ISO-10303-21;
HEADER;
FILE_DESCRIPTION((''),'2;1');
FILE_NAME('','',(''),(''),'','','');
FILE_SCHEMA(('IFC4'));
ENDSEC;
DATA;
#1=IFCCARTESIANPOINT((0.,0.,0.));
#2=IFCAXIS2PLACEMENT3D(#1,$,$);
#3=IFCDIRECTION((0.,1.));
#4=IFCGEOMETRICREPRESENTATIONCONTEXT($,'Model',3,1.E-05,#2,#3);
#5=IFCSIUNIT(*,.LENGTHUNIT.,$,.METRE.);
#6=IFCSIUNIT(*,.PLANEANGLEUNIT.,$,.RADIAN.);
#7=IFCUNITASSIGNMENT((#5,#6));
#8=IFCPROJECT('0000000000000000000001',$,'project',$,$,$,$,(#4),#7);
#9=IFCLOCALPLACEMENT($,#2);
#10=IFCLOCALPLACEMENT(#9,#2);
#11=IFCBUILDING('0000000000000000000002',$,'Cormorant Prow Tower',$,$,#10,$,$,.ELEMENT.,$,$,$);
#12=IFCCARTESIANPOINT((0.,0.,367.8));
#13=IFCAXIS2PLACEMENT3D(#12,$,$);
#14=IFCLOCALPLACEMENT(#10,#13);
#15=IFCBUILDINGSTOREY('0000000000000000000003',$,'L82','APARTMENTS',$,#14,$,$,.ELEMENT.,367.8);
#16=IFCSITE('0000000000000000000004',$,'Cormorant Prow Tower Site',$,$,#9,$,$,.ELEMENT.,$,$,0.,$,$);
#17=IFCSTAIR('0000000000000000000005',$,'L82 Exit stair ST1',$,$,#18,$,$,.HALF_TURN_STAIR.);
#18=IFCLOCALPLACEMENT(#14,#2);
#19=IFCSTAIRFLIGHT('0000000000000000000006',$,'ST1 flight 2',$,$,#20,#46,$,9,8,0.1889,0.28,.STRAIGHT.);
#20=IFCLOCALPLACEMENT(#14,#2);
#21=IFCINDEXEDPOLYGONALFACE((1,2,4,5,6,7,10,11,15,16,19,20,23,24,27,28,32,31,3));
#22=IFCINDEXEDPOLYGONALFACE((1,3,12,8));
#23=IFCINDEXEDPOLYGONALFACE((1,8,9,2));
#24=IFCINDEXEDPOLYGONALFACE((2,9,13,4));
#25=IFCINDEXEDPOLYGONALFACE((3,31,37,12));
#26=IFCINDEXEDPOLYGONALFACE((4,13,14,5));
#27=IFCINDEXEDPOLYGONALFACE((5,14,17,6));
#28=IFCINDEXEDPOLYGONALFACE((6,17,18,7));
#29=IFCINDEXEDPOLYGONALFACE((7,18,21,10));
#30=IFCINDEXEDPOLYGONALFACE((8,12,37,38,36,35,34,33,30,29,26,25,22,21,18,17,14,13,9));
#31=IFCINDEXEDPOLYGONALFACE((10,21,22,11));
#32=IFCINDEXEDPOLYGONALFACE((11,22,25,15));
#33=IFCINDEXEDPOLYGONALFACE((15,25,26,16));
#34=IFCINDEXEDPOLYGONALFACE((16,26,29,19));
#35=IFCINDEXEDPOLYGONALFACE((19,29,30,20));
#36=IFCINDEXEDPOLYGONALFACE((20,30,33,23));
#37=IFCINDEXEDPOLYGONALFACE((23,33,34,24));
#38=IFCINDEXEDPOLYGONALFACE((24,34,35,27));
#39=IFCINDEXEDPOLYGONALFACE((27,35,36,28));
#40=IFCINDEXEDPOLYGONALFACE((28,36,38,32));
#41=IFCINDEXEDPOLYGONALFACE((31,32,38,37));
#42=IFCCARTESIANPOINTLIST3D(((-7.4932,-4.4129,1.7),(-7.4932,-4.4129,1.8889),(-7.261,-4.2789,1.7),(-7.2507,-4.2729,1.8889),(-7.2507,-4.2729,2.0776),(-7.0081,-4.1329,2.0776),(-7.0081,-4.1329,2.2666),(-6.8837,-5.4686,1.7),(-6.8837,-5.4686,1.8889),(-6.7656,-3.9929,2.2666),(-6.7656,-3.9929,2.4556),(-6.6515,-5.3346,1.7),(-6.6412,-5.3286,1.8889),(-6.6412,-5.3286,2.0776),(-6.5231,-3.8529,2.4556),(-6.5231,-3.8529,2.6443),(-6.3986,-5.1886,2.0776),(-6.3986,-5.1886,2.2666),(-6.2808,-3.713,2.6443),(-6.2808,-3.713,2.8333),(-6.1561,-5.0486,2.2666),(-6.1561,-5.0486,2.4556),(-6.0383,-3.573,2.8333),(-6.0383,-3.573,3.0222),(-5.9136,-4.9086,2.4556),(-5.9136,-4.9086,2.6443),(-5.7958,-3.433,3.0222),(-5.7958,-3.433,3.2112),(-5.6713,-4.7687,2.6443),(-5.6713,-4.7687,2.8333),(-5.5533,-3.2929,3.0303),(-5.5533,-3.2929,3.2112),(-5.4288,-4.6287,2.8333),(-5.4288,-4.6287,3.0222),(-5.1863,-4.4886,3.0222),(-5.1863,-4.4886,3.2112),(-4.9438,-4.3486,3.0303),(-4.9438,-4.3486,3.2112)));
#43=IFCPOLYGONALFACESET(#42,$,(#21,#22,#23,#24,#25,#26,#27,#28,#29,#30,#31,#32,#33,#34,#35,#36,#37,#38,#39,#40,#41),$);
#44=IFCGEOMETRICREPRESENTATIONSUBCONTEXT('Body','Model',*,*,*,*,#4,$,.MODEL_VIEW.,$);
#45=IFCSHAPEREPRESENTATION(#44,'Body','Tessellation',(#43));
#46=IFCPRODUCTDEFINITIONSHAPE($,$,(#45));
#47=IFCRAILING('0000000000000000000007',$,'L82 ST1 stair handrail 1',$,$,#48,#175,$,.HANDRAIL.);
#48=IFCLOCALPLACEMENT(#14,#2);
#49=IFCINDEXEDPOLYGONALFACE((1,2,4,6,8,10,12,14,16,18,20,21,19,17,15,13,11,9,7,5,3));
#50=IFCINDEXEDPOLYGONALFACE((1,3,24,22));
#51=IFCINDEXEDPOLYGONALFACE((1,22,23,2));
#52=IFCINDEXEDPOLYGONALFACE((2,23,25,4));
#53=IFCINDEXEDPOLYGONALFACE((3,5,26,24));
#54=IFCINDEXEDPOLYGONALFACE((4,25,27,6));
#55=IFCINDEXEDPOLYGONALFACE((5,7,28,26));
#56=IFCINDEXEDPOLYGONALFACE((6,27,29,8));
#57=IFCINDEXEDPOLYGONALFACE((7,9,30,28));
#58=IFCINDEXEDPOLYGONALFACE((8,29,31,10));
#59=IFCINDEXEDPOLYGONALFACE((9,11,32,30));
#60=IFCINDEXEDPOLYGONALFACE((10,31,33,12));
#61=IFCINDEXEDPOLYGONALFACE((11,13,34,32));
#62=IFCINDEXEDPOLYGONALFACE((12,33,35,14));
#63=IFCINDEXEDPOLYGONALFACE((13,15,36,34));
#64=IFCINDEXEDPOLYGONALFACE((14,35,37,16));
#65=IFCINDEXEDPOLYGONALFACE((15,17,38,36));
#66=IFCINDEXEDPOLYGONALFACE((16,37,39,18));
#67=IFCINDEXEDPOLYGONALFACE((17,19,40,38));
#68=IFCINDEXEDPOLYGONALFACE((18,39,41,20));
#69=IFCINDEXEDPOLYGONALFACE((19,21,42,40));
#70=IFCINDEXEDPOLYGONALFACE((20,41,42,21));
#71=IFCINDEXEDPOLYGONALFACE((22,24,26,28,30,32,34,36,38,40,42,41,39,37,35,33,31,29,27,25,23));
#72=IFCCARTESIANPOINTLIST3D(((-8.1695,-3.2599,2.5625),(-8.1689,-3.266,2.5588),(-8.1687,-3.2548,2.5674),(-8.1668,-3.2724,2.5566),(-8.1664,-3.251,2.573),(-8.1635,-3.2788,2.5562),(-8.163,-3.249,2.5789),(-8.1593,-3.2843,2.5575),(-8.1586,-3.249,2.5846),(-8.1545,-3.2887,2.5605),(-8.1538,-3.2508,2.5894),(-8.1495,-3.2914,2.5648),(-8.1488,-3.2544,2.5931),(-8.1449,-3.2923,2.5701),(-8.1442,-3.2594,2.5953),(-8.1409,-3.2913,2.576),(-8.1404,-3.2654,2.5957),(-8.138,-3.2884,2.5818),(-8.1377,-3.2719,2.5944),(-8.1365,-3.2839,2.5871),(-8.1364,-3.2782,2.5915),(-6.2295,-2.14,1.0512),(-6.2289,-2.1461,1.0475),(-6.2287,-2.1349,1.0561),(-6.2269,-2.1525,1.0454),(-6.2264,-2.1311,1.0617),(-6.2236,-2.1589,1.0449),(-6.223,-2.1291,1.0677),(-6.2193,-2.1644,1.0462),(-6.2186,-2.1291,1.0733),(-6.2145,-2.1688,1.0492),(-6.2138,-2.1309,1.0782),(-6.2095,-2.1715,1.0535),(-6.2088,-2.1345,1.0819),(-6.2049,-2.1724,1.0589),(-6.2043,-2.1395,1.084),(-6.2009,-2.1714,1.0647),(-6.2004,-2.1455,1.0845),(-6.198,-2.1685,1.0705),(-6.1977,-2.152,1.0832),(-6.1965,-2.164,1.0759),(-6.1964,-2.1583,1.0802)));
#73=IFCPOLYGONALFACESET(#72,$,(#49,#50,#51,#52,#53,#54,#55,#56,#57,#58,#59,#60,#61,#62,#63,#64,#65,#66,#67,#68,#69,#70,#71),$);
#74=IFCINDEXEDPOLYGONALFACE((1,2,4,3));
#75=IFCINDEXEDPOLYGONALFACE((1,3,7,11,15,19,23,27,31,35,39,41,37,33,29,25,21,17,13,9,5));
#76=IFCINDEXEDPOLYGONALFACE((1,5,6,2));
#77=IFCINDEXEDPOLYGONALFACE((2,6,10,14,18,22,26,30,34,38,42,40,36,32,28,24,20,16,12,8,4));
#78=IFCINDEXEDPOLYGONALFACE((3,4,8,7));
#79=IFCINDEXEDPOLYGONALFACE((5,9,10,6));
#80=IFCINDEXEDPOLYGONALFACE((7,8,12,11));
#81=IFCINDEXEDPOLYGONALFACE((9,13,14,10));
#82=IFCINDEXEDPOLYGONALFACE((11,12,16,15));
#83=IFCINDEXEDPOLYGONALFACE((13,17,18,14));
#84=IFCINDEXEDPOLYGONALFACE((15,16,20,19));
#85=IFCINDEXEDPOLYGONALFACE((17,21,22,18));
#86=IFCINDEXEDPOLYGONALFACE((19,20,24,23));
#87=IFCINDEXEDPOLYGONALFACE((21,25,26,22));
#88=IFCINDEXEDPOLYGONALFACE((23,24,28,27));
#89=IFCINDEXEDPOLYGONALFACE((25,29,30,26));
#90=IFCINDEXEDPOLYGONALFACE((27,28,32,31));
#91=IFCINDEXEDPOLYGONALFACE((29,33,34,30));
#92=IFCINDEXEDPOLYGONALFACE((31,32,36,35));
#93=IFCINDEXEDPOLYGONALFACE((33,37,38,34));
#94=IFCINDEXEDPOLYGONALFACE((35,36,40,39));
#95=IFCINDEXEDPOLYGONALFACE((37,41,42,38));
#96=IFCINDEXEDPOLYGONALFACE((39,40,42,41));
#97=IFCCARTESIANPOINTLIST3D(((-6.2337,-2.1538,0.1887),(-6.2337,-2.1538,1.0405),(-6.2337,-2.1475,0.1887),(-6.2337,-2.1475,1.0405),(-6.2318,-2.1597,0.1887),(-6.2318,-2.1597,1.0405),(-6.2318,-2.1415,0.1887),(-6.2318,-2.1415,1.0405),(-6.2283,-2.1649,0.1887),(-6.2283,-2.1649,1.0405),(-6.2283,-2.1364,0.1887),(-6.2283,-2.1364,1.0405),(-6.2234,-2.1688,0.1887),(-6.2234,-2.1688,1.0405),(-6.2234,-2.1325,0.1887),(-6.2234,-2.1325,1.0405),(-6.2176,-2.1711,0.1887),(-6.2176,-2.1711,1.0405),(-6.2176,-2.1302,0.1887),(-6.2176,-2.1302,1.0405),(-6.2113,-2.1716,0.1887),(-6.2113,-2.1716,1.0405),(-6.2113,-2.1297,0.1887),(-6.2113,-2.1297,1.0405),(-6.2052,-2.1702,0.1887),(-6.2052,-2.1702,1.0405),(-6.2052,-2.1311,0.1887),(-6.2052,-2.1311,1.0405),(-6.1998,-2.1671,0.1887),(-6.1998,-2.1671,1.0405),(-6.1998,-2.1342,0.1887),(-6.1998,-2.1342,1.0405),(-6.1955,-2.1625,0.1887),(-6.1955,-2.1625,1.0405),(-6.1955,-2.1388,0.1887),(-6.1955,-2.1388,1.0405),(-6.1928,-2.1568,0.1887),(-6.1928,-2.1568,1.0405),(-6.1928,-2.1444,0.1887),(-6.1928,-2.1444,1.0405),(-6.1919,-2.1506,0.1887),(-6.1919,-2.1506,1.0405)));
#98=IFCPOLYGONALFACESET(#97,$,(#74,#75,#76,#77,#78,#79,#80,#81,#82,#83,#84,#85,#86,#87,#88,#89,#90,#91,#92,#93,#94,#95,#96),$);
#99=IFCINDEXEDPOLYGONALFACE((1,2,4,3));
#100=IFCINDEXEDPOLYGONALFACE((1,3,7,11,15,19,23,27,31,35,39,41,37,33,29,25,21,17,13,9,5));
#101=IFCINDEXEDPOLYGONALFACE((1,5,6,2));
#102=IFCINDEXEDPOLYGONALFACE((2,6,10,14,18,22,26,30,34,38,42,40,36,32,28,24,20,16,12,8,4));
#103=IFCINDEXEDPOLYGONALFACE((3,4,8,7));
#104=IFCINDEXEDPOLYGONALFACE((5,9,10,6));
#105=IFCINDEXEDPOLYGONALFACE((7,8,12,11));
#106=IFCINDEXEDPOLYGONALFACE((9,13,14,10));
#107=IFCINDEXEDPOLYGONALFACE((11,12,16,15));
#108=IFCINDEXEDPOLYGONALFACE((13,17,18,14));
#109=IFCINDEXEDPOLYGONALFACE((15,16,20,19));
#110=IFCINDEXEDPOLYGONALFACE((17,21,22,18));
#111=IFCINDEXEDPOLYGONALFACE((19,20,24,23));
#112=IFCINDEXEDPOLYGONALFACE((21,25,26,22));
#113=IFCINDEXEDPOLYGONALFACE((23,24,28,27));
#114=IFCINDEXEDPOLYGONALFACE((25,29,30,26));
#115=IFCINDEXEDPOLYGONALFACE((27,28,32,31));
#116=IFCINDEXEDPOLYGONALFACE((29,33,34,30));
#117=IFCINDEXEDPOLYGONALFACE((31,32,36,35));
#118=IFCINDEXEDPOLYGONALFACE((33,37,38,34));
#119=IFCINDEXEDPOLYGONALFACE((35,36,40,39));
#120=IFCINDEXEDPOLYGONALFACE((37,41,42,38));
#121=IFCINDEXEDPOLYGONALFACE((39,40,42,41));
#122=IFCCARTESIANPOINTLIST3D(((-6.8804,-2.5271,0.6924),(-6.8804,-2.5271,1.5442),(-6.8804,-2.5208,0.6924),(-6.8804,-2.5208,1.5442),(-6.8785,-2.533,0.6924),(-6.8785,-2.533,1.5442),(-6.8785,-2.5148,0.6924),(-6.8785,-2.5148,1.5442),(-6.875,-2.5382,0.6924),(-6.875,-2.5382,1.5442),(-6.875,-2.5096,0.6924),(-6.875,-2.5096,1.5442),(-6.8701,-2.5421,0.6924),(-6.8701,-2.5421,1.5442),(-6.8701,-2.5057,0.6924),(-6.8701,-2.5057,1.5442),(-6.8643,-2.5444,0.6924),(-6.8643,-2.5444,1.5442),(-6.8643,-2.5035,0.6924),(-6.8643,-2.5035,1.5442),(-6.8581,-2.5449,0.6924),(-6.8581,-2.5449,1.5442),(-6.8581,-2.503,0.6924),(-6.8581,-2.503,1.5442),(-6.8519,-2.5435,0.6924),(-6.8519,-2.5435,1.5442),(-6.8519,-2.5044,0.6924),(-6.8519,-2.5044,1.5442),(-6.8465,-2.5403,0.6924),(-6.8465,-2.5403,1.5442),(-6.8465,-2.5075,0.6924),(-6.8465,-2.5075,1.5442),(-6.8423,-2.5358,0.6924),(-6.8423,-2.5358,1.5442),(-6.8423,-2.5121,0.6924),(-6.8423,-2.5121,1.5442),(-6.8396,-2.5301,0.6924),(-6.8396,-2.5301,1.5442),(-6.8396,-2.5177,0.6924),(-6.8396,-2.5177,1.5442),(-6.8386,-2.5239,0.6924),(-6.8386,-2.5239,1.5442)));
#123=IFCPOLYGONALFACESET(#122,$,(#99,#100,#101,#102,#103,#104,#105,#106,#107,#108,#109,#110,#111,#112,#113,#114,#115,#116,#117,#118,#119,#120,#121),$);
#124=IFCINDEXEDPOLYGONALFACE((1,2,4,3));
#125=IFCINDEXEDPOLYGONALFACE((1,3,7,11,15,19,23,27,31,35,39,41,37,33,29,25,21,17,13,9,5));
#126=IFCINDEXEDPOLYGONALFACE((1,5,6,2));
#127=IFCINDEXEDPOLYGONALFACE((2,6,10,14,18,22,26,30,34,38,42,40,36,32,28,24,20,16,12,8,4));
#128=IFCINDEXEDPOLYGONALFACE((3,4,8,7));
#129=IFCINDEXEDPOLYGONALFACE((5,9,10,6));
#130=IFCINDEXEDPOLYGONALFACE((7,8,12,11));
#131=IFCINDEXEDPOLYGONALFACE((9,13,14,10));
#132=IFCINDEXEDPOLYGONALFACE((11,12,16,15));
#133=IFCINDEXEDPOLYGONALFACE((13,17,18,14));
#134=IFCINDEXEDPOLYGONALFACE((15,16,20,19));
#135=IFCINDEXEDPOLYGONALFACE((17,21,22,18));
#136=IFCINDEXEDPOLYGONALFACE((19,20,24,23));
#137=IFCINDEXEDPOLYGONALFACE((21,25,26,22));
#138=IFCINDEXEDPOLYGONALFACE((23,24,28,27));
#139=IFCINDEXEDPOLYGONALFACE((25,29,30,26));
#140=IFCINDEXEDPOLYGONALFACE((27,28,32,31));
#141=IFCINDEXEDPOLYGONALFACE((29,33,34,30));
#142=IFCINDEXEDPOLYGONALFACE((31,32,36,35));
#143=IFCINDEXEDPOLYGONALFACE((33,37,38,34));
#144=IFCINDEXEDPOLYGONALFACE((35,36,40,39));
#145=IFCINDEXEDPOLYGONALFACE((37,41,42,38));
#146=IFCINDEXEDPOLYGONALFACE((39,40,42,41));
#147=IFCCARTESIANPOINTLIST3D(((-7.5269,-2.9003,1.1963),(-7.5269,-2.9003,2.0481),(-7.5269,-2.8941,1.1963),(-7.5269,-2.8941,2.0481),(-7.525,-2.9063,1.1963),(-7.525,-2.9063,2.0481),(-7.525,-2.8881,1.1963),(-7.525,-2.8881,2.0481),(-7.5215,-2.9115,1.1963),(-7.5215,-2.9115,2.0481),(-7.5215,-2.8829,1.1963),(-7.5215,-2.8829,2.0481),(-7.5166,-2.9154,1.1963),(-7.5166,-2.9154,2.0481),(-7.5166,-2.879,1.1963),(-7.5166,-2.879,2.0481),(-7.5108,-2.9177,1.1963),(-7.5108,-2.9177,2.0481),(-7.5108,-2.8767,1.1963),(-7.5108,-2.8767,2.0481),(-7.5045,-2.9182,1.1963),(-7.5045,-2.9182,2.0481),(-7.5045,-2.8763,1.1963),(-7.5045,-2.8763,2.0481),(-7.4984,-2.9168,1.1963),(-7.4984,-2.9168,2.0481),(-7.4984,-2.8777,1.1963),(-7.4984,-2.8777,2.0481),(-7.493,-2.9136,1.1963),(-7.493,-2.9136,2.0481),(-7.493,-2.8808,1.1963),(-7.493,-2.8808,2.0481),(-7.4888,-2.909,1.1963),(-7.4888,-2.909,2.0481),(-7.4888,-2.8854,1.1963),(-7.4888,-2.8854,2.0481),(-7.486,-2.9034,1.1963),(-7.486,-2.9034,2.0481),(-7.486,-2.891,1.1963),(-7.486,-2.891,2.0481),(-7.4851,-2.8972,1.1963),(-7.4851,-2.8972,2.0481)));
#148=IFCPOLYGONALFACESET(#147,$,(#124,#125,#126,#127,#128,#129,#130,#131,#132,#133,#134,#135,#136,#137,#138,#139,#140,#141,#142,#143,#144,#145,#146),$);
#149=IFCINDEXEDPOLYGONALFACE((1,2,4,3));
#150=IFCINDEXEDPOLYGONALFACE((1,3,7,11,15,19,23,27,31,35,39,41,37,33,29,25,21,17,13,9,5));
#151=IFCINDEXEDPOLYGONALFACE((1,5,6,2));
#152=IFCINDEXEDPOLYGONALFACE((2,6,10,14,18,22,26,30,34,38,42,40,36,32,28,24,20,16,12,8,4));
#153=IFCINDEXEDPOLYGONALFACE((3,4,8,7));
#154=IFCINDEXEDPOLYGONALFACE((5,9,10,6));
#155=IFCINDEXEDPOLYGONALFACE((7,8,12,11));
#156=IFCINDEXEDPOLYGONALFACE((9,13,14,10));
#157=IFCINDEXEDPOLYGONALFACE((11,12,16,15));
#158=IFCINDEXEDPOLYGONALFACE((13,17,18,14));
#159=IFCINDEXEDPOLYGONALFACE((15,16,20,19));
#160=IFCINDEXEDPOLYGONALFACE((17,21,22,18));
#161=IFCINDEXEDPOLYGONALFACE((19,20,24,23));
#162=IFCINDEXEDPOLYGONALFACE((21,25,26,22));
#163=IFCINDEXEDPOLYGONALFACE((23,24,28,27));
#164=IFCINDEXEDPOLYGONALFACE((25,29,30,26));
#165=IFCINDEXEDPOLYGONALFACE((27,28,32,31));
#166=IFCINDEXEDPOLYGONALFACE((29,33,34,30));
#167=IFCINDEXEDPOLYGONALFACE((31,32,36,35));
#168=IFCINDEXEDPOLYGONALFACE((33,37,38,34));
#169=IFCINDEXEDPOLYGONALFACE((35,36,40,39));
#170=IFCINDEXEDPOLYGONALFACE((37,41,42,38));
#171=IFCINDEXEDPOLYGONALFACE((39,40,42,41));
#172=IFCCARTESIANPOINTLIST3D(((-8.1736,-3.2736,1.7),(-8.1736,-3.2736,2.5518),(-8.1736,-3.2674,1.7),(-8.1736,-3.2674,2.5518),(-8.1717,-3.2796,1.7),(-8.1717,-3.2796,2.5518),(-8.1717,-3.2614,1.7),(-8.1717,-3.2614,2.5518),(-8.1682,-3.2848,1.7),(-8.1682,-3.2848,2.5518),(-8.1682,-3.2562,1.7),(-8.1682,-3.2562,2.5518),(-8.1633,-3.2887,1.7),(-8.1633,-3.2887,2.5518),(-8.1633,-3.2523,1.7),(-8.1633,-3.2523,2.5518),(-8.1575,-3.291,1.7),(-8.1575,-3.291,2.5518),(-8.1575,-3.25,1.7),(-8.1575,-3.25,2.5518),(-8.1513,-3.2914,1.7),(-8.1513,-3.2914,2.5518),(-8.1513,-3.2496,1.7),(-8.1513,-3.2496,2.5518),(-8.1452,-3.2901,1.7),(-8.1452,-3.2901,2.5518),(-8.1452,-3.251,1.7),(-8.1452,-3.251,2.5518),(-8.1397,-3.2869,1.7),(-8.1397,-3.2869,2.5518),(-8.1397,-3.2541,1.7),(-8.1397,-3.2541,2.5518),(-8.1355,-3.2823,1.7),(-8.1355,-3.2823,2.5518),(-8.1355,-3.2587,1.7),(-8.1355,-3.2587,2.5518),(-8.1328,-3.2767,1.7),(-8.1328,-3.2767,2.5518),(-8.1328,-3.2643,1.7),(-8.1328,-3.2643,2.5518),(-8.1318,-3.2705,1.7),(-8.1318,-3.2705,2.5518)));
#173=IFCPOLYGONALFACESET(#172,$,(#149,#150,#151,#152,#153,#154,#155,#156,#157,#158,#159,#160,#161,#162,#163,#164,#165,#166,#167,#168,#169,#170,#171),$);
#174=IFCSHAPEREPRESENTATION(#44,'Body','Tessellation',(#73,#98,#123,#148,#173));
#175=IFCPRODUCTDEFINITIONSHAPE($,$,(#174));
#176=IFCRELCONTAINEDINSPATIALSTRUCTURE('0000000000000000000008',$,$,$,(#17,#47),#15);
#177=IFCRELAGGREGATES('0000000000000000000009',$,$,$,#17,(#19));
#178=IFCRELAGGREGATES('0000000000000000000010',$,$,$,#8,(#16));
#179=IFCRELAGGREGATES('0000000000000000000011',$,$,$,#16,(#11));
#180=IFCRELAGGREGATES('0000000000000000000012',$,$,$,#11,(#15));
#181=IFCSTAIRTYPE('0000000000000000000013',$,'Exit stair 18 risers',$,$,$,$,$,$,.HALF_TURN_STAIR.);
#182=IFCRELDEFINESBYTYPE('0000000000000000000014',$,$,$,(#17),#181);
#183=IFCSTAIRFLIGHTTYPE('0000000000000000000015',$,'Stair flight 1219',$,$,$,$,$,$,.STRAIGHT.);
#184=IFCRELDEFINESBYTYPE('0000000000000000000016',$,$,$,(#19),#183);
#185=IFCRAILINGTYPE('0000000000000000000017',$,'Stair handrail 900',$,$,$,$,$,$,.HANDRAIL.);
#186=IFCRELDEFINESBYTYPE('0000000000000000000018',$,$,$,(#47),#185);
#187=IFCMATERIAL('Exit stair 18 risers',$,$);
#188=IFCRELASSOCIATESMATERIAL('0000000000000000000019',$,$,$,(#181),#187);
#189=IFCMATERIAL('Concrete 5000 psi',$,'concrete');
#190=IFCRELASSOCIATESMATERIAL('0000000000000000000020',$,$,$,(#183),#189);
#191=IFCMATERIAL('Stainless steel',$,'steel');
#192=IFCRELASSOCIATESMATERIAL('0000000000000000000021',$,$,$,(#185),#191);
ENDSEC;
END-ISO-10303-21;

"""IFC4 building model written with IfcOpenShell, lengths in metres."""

from ifc_helpers import new_model, si_unit, direction, frame, origin, origin_2d, place, context, subcontext, project, spatial, polyline, circle, outline, extrude, material, type_object, element, aggregate, save


model = new_model("IFC4")

# Units and contexts
model_context = context("Model", 3, precision=1e-05, world=origin(), true_north=direction((0.0, 1.0)))
body_context = subcontext(model_context, "Body", "Model", "MODEL_VIEW")
ifc_project = project(units=[si_unit("LENGTHUNIT", "METRE"), si_unit("PLANEANGLEUNIT", "RADIAN")], contexts=[model_context])

# Site, building, storey
site_placement = place(None, origin())
site = spatial("IfcSite", under=ifc_project, at=site_placement, Name="Cormorant Prow Tower Site", CompositionType="ELEMENT", RefElevation=0.0)
building_placement = place(site_placement, origin())
building = spatial("IfcBuilding", under=site, at=building_placement, Name="Cormorant Prow Tower", CompositionType="ELEMENT")
storey_placement = place(building_placement, frame((0.0, 0.0, 367.8)))
storey = spatial("IfcBuildingStorey", under=building, at=storey_placement, Name="L82", Description="APARTMENTS", CompositionType="ELEMENT", Elevation=367.8)

# Stair, stair flight
ifc_material_1 = material(Name="Exit stair 18 risers")
stair_type = type_object("IfcStairType", Name="Exit stair 18 risers", PredefinedType="HALF_TURN_STAIR", material=ifc_material_1)
stair_placement = place(storey_placement, origin())
stair = element("IfcStair", 1, at=stair_placement, inside=storey, type_object=stair_type, Name="L82 Exit stair ST1", PredefinedType="HALF_TURN_STAIR")
ifc_material_2 = material(Name="Concrete 5000 psi", Category="concrete")
stair_flight_type = type_object("IfcStairFlightType", Name="Stair flight 1219", PredefinedType="STRAIGHT", material=ifc_material_2)
stair_flight_1_placement = place(storey_placement, frame((-7.1885, -4.9407, 1.7), z_axis=(0.0, 0.0, 1.0), x_axis=(0.866025, 0.5, 0.0)))
stair_flight_1 = element("IfcStairFlight", 2, at=stair_flight_1_placement, type_object=stair_flight_type, Name="ST1 flight 2", NumberOfRisers=9, NumberOfTreads=8, PredefinedType="STRAIGHT", RiserHeight=0.1889, TreadLength=0.28, context=body_context, shape_type="SweptSolid", body=[
    extrude(outline(polyline([(0.0, 0.0), (0.0, 0.189), (0.28, 0.189), (0.28, 0.3777), (0.5601, 0.3777), (0.5601, 0.5667), (0.8401, 0.5667), (0.8401, 0.7556), (1.1201, 0.7556), (1.1201, 0.9443), (1.3999, 0.9443), (1.3999, 1.1333), (1.6799, 1.1333), (1.6799, 1.3223), (1.96, 1.3223), (1.96, 1.5112), (2.24, 1.5112), (2.24, 1.7), (2.24, 1.3303), (0.2681, 0.0), (0.0, 0.0)])), frame((0.0, 0.6094, 0.0), z_axis=(0.0, -1.0, 0.0), x_axis=(1.0, 0.0, 0.0)), (0.0, 0.0, 1.0), 1.219),
])
aggregate(stair, [stair_flight_1])

# Railing
ifc_material_3 = material(Name="Stainless steel", Category="steel")
railing_type_1 = type_object("IfcRailingType", Name="Stair handrail 900", PredefinedType="HANDRAIL", material=ifc_material_3)
railing_1_placement = place(storey_placement, frame((-6.2129, -2.1506, 0.1887)))
element("IfcRailing", 3, at=railing_1_placement, inside=storey, type_object=railing_type_1, Name="L82 ST1 stair handrail 1", PredefinedType="HANDRAIL", context=body_context, shape_type="SweptSolid", body=[
    extrude(circle(Radius=0.0239, at=origin_2d()), frame((0.0, 0.0, 0.876), z_axis=(-0.71794, -0.414447, 0.559281), x_axis=(0.499949, -0.866055, 0.0)), (0.0, 0.0, 1.0), 2.7021),
    extrude(circle(Radius=0.021, at=origin_2d()), origin(), (0.0, 0.0, 1.0), 0.8518),
    extrude(circle(Radius=0.021, at=origin_2d()), frame((-0.6467, -0.3733, 0.5037)), (0.0, 0.0, 1.0), 0.8518),
    extrude(circle(Radius=0.021, at=origin_2d()), frame((-1.2932, -0.7466, 1.0076)), (0.0, 0.0, 1.0), 0.8518),
    extrude(circle(Radius=0.021, at=origin_2d()), frame((-1.9399, -1.1199, 1.5112)), (0.0, 0.0, 1.0), 0.8518),
])

save(model, "model.ifc")
